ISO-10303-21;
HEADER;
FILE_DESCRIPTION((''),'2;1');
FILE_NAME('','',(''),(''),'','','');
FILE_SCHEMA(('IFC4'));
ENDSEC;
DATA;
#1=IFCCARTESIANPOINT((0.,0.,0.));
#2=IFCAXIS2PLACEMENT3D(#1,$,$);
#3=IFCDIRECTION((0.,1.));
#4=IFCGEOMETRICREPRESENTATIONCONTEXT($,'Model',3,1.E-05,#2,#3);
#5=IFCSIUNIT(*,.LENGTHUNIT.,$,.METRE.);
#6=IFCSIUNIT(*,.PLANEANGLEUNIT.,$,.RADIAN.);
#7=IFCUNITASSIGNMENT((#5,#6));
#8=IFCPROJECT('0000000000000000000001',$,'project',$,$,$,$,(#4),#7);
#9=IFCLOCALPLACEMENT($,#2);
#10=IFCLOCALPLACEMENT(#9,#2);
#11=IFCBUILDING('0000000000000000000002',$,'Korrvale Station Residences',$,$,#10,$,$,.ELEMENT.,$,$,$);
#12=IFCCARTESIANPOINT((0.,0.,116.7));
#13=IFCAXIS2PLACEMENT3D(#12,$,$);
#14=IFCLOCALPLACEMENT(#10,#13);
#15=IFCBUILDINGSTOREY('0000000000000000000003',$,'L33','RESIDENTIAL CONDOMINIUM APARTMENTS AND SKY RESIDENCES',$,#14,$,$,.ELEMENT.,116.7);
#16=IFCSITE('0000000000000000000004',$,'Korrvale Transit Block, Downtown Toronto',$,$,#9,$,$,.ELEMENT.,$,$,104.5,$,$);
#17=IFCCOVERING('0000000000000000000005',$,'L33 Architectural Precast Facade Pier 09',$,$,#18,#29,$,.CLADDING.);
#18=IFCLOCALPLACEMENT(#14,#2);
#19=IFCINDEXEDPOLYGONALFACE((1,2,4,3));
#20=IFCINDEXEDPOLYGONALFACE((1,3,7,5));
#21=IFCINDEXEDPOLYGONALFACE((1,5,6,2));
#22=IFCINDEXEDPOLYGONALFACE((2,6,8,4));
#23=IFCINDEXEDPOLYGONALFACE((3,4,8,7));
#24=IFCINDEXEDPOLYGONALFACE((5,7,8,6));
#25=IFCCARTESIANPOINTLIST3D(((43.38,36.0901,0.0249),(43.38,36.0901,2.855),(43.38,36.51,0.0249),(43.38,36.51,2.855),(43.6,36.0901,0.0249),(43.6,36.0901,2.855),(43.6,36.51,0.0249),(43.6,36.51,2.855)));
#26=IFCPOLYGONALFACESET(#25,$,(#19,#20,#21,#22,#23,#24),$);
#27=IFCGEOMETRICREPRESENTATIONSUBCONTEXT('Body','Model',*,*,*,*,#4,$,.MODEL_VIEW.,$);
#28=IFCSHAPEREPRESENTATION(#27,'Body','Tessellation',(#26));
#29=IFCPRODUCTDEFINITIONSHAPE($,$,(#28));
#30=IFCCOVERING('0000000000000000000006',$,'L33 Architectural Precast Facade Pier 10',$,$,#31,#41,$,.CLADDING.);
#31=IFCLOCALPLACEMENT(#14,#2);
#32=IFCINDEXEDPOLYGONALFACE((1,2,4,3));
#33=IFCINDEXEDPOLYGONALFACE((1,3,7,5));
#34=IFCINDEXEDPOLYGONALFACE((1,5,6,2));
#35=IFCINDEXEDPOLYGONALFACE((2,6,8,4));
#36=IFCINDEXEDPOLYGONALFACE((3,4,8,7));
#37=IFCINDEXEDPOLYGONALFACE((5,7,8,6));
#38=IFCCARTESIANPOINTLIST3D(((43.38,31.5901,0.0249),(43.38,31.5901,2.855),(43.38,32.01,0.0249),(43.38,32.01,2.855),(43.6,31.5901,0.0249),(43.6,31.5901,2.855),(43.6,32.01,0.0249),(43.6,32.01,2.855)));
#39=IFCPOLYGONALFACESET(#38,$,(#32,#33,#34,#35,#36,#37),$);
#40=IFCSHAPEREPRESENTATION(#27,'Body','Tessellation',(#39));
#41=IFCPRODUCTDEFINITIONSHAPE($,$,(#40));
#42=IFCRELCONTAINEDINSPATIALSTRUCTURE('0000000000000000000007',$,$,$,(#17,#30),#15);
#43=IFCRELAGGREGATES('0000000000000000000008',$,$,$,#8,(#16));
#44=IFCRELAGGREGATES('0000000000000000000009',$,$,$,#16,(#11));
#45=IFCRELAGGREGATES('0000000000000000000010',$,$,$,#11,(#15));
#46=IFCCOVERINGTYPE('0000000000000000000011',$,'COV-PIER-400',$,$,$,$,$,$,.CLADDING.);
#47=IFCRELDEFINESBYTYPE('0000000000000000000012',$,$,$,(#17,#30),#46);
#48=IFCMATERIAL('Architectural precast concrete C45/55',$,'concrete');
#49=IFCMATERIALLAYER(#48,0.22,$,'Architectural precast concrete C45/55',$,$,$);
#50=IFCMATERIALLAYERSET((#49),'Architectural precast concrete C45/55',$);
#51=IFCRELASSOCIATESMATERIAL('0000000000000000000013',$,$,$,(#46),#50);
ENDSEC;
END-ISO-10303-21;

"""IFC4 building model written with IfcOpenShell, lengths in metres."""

from ifc_helpers import new_model, si_unit, direction, frame, origin, origin_2d, place, context, subcontext, project, spatial, rectangle, extrude, material, layer, layer_set, type_object, element, save


model = new_model("IFC4")

# Units and contexts
model_context = context("Model", 3, precision=1e-05, world=origin(), true_north=direction((0.0, 1.0)))
body_context = subcontext(model_context, "Body", "Model", "MODEL_VIEW")
ifc_project = project(units=[si_unit("LENGTHUNIT", "METRE"), si_unit("PLANEANGLEUNIT", "RADIAN")], contexts=[model_context])

# Site, building, storey
site_placement = place(None, origin())
site = spatial("IfcSite", under=ifc_project, at=site_placement, Name="Korrvale Transit Block, Downtown Toronto", CompositionType="ELEMENT", RefElevation=104.5)
building_placement = place(site_placement, origin())
building = spatial("IfcBuilding", under=site, at=building_placement, Name="Korrvale Station Residences", CompositionType="ELEMENT")
storey_placement = place(building_placement, frame((0.0, 0.0, 116.7)))
storey = spatial("IfcBuildingStorey", under=building, at=storey_placement, Name="L33", Description="RESIDENTIAL CONDOMINIUM APARTMENTS AND SKY RESIDENCES", CompositionType="ELEMENT", Elevation=116.7)

# Coverings
ifc_material_1 = material(Name="Architectural precast concrete C45/55", Category="concrete")
ifc_layer_1 = layer(ifc_material_1, 0.22, Name="Architectural precast concrete C45/55")
ifc_layer_set_1 = layer_set([ifc_layer_1], Name="Architectural precast concrete C45/55")
covering_type = type_object("IfcCoveringType", Name="COV-PIER-400", PredefinedType="CLADDING", material=ifc_layer_set_1)
for number, where, z_axis, x_axis, name in (
    (1, (43.49, 36.3, 0.0249), (0.0, 0.0, 1.0), (0.0, 1.0, 0.0), "L33 Architectural Precast Facade Pier 09"),
    (2, (43.49, 31.8, 0.0249), (0.0, 0.0, 1.0), (0.0, 1.0, 0.0), "L33 Architectural Precast Facade Pier 10"),
):
    element("IfcCovering", number, at=place(storey_placement, frame(where, z_axis=z_axis, x_axis=x_axis)), inside=storey, type_object=covering_type, Name=name, PredefinedType="CLADDING", context=body_context, shape_type="SweptSolid", body=[
        extrude(rectangle(XDim=0.4199, YDim=0.22, at=origin_2d()), origin(), (0.0, 0.0, 1.0), 2.8301),
    ])

save(model, "model.ifc")
